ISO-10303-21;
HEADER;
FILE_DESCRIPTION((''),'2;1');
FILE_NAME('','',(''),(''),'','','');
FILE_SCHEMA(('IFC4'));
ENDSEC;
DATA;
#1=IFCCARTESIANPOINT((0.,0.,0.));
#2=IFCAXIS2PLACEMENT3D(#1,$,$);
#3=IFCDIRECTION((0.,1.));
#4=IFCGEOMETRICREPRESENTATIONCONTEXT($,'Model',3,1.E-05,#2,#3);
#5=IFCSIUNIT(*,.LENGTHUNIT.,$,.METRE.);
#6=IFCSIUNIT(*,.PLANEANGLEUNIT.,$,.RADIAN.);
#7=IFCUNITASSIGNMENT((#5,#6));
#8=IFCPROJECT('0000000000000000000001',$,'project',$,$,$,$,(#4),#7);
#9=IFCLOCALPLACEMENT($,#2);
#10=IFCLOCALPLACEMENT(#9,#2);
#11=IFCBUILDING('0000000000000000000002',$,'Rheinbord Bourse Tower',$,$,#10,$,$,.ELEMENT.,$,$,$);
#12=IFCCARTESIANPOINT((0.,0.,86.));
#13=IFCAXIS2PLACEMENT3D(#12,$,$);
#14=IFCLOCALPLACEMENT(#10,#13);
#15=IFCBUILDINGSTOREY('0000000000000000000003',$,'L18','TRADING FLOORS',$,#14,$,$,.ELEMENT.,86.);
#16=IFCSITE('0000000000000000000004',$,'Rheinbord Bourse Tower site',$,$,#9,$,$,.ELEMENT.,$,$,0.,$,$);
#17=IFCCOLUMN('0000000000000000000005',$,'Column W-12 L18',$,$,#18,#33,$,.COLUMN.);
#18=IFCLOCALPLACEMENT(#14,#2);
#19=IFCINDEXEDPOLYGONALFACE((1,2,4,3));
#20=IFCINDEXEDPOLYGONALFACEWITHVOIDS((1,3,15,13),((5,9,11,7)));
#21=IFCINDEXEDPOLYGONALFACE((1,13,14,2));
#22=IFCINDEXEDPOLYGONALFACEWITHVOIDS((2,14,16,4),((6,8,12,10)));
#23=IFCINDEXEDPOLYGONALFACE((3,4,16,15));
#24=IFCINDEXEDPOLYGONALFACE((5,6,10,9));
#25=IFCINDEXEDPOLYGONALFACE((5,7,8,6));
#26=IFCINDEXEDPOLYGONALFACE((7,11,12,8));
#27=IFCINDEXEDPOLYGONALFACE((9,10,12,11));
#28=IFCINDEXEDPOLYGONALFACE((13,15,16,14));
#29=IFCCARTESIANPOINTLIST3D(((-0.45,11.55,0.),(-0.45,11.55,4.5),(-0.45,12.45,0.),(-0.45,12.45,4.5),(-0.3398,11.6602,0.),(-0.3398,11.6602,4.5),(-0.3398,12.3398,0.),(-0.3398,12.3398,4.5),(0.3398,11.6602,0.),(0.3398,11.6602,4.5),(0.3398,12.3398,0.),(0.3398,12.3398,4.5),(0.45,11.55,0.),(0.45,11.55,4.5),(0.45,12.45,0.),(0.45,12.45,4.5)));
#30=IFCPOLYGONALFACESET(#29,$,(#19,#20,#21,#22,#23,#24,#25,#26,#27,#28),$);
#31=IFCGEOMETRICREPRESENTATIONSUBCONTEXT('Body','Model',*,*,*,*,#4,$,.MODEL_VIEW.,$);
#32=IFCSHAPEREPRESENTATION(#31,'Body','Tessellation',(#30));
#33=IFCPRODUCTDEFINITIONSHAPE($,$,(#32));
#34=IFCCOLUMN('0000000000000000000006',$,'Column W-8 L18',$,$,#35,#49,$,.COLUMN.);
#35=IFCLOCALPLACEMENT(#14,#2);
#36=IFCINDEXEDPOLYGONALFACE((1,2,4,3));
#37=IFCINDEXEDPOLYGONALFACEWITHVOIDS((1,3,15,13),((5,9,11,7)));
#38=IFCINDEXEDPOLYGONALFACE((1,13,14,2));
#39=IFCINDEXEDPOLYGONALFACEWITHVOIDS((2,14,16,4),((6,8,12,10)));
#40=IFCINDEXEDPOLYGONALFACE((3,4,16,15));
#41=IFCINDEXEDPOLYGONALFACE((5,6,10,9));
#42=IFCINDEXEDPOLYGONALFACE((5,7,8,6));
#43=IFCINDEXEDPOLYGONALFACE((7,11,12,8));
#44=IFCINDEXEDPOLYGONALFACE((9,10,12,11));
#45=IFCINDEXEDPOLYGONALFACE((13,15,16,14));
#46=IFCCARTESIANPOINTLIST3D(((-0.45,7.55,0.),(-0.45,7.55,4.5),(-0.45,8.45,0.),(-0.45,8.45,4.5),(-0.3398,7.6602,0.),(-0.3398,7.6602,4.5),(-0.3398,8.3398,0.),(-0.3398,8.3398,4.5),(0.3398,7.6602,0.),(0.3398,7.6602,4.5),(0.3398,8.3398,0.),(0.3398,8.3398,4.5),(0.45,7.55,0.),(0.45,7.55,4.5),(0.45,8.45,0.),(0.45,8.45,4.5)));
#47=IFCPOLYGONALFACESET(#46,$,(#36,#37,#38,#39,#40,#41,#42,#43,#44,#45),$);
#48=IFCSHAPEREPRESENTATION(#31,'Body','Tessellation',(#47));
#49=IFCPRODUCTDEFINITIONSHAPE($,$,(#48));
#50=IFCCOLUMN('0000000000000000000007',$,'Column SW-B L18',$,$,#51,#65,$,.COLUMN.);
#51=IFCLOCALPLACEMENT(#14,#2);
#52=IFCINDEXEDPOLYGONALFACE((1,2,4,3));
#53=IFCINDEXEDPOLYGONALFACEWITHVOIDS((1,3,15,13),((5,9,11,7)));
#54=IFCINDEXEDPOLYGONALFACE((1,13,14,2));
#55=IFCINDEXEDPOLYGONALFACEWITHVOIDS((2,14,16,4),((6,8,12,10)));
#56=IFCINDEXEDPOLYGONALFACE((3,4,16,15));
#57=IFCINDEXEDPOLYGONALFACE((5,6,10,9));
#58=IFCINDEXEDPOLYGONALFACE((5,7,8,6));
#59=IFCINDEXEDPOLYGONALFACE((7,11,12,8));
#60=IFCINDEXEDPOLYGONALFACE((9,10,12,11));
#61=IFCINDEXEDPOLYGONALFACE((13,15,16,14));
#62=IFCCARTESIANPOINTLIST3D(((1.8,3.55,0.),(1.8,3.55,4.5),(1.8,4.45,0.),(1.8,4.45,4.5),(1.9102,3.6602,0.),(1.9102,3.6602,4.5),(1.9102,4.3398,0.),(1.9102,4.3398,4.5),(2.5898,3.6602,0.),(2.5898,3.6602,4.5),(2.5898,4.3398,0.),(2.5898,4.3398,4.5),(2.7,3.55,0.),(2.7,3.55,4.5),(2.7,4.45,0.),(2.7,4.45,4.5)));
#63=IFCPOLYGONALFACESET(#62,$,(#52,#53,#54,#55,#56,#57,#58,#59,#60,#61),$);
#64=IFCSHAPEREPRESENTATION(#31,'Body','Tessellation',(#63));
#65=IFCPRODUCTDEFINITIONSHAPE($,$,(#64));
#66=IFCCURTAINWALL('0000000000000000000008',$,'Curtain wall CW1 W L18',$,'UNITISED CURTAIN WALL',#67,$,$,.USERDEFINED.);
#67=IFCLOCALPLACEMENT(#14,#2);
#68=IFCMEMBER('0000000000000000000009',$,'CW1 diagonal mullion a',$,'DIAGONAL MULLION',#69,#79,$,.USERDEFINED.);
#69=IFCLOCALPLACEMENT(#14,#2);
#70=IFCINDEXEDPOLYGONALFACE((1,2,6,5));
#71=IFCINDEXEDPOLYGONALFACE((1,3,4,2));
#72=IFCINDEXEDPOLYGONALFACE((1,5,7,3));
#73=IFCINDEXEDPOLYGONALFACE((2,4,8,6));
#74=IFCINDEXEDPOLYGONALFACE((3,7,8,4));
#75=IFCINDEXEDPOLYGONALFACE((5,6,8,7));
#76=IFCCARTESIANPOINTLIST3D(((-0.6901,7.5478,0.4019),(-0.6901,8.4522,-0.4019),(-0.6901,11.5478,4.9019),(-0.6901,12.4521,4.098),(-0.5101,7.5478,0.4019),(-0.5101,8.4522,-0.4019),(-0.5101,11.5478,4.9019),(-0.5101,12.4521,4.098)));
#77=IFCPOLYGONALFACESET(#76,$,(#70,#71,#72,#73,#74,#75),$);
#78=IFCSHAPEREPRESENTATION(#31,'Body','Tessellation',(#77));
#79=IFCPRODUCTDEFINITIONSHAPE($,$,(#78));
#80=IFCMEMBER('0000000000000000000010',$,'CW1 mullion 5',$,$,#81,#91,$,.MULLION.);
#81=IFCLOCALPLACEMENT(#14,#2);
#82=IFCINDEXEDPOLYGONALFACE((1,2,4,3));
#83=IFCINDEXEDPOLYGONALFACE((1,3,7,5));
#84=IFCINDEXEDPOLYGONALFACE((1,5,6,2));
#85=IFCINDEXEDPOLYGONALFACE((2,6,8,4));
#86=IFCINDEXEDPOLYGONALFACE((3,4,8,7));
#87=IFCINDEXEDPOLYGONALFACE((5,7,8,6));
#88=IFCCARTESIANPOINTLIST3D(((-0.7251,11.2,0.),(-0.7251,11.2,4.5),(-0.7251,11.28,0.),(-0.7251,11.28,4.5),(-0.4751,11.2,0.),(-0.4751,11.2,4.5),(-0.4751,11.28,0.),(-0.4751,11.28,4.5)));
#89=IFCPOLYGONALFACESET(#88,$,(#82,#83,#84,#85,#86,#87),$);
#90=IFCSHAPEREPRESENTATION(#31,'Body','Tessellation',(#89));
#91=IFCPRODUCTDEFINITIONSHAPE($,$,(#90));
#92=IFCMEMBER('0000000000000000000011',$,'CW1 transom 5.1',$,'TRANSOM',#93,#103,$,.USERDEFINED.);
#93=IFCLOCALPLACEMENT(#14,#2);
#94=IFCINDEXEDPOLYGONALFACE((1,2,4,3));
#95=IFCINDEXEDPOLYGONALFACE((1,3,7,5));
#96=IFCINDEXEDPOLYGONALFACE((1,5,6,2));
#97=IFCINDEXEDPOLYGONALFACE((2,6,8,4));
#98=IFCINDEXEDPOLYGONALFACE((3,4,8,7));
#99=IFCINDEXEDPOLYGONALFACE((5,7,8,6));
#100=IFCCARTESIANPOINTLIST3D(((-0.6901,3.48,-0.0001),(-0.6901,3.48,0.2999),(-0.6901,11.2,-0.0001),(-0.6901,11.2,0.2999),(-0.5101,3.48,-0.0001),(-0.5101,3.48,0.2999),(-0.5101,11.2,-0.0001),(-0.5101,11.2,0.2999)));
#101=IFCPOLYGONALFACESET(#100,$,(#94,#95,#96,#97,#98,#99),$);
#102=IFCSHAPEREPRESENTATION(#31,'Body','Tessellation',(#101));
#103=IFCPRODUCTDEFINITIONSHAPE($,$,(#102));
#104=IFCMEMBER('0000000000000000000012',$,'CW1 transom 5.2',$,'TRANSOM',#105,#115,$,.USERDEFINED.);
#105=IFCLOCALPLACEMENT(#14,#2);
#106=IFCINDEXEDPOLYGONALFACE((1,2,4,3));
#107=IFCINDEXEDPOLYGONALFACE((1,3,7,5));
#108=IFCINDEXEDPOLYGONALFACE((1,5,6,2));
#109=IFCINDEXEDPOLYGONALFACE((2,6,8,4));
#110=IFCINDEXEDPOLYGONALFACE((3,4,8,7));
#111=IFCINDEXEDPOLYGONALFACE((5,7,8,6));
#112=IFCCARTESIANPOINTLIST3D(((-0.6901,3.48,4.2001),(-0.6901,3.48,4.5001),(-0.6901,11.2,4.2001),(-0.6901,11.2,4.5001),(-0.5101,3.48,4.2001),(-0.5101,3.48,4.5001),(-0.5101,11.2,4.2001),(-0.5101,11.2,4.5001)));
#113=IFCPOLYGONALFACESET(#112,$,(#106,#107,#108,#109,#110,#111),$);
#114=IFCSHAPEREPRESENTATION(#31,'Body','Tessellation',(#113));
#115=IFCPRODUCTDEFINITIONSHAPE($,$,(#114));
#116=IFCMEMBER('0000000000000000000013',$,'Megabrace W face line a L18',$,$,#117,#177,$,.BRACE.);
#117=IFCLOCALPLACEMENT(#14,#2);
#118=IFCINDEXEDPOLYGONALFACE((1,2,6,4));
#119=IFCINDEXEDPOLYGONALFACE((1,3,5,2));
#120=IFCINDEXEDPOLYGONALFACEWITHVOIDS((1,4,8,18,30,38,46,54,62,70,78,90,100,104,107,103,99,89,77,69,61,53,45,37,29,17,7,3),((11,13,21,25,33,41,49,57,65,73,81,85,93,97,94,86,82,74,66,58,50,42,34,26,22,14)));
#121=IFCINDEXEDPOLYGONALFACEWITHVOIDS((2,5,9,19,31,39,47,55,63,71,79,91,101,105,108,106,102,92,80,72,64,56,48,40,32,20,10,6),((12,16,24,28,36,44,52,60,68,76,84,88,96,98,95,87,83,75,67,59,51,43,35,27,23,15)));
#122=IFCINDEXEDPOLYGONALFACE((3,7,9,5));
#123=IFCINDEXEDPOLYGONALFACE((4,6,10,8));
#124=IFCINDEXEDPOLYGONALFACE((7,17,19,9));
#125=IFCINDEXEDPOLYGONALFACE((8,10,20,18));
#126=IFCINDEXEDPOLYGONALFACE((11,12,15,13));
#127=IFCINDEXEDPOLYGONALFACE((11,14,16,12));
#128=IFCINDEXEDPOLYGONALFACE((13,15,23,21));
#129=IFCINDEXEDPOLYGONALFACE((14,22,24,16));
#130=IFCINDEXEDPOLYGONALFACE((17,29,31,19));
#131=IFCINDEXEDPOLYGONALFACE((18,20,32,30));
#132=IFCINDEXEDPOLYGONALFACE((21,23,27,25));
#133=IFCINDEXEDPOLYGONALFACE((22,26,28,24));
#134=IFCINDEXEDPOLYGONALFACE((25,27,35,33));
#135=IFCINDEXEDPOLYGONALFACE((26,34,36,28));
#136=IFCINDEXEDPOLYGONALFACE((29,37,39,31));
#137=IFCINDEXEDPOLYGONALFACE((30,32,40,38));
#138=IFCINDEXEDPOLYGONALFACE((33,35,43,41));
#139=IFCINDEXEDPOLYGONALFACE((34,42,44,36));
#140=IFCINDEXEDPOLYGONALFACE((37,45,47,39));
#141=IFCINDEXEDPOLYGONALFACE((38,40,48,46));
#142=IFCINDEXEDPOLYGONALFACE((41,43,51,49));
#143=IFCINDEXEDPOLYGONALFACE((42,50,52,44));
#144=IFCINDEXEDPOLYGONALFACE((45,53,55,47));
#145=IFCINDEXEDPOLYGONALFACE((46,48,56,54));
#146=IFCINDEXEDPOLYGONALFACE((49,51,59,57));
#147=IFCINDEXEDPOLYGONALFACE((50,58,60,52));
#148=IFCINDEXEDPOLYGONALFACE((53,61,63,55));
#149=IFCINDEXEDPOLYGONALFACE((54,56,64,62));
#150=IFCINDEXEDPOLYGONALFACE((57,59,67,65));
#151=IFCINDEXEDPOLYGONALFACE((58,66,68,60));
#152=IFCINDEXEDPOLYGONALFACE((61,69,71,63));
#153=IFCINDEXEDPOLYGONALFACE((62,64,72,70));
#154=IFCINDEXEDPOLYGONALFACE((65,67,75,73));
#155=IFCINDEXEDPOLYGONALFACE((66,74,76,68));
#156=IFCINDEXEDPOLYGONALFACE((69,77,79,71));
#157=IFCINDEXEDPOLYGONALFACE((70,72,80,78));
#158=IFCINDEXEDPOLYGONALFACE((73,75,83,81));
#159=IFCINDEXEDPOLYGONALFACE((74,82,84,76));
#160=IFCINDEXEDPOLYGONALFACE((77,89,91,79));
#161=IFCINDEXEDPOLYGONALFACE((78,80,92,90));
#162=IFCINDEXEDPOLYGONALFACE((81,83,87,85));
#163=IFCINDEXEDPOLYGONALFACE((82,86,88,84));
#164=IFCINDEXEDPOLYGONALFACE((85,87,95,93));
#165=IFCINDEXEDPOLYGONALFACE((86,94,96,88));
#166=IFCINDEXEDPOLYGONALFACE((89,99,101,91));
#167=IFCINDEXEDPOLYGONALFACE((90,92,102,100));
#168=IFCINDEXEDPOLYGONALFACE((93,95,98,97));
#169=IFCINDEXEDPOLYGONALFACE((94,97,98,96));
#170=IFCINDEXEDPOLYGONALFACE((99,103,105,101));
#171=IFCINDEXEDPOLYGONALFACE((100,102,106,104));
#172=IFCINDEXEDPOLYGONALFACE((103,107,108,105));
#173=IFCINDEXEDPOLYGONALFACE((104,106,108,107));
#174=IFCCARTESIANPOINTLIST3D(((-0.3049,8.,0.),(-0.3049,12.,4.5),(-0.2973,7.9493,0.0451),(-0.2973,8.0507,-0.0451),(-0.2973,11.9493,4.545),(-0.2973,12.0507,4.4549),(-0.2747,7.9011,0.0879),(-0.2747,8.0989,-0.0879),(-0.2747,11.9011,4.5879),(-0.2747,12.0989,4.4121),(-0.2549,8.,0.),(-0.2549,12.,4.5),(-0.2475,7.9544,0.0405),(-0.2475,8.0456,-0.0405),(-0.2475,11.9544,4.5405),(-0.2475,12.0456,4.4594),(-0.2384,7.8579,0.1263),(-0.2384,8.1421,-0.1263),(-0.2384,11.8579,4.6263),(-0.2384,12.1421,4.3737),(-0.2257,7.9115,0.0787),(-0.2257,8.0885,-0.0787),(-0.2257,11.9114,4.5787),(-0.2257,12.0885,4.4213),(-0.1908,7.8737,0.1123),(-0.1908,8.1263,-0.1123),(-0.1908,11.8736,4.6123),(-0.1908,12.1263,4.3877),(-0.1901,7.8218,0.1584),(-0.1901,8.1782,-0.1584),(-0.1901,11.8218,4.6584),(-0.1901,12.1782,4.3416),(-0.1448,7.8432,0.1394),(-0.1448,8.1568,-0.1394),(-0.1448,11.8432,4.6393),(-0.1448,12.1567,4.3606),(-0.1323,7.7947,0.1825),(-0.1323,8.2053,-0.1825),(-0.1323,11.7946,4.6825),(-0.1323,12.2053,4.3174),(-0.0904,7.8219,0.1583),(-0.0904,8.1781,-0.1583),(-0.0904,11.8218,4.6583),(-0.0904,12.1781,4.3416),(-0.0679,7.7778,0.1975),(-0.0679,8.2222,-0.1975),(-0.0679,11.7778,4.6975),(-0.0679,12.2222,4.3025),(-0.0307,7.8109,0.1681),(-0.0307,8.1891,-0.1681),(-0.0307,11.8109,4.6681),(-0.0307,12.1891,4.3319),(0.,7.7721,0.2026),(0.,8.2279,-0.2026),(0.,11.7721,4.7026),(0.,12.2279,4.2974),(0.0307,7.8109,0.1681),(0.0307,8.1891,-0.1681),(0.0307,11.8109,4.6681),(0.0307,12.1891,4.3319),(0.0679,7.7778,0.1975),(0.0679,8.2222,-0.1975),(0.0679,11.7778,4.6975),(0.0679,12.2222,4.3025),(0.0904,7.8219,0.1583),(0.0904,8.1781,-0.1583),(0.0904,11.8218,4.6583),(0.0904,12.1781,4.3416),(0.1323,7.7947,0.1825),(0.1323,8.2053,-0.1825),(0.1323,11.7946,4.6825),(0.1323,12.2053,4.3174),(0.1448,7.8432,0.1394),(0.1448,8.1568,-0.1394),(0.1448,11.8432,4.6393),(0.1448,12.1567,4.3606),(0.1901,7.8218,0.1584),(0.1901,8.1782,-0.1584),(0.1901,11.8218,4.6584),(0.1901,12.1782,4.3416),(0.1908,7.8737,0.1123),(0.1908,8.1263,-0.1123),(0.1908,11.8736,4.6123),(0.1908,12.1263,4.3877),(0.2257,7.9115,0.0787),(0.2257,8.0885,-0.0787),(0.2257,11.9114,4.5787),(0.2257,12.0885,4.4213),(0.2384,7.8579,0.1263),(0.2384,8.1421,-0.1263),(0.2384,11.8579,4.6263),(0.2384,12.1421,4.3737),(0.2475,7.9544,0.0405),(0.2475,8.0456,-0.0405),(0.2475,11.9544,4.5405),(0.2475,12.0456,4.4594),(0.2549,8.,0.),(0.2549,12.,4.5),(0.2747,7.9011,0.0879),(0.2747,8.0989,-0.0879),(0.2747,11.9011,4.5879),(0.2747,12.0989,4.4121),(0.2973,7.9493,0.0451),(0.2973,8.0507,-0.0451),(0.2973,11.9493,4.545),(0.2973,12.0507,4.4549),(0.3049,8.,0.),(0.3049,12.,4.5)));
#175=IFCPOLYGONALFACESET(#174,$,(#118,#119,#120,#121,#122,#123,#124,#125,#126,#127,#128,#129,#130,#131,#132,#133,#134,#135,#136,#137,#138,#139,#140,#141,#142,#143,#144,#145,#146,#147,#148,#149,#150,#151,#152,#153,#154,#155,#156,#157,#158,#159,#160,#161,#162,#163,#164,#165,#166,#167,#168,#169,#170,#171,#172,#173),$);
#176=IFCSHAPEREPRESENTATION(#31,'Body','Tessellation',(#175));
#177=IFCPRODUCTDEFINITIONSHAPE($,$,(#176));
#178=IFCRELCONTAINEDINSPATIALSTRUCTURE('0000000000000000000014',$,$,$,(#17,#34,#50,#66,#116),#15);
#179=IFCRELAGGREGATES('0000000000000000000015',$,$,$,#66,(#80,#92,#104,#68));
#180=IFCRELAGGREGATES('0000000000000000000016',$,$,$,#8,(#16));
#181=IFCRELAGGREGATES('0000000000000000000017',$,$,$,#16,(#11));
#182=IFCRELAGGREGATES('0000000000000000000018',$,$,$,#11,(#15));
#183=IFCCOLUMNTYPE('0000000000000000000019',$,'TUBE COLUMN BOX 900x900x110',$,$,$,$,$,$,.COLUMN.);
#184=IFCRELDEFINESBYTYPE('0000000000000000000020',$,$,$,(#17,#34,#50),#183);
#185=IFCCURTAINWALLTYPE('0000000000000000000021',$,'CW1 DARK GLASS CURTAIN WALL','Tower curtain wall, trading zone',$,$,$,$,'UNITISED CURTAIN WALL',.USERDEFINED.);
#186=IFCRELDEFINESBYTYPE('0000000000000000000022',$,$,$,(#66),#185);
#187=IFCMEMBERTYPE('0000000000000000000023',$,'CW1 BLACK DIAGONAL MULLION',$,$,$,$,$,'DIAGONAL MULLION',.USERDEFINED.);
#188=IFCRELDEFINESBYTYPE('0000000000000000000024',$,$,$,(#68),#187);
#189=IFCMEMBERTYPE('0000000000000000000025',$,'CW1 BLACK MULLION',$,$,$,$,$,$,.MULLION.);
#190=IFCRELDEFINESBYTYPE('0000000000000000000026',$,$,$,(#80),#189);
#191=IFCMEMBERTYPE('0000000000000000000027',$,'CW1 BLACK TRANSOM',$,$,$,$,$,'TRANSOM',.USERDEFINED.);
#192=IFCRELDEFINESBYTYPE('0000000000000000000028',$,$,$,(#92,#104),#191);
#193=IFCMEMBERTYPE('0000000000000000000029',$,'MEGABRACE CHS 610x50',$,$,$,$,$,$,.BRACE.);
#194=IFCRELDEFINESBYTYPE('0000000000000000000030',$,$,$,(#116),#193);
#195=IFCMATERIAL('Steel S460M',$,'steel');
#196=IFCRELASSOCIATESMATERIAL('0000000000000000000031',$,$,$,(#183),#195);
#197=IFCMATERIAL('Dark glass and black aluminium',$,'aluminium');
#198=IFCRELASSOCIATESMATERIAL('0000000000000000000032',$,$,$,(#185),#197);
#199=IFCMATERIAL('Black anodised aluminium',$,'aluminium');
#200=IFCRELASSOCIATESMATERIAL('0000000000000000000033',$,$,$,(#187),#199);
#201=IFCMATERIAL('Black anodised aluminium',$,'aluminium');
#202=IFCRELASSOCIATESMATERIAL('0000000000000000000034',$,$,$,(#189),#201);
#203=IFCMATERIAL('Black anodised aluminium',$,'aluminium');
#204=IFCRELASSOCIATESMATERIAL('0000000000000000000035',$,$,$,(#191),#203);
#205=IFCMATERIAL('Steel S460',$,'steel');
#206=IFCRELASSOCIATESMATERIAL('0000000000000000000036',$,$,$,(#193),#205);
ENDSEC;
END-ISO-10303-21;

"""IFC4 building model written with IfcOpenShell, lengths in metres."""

from ifc_helpers import new_model, si_unit, direction, frame, origin, origin_2d, place, context, subcontext, project, spatial, rectangle, hollow_rectangle, hollow_circle, extrude, material, material_profile, profile_set, type_object, element, aggregate, save


model = new_model("IFC4")

# Units and contexts
model_context = context("Model", 3, precision=1e-05, world=origin(), true_north=direction((0.0, 1.0)))
body_context = subcontext(model_context, "Body", "Model", "MODEL_VIEW")
ifc_project = project(units=[si_unit("LENGTHUNIT", "METRE"), si_unit("PLANEANGLEUNIT", "RADIAN")], contexts=[model_context])

# Site, building, storey
site_placement = place(None, origin())
site = spatial("IfcSite", under=ifc_project, at=site_placement, Name="Rheinbord Bourse Tower site", CompositionType="ELEMENT", RefElevation=0.0)
building_placement = place(site_placement, origin())
building = spatial("IfcBuilding", under=site, at=building_placement, Name="Rheinbord Bourse Tower", CompositionType="ELEMENT")
storey_placement = place(building_placement, frame((0.0, 0.0, 86.0)))
storey = spatial("IfcBuildingStorey", under=building, at=storey_placement, Name="L18", Description="TRADING FLOORS", CompositionType="ELEMENT", Elevation=86.0)

# Columns
ifc_material_1 = material(Name="Steel S460M", Category="steel")
ifc_material_profile_1 = material_profile(ifc_material_1, hollow_rectangle(XDim=0.8999, YDim=0.8999, WallThickness=0.1101, at=origin_2d()), Name="BOX 900x900x110")
ifc_profile_set_1 = profile_set([ifc_material_profile_1], Name="Steel S460M")
column_type = type_object("IfcColumnType", Name="TUBE COLUMN BOX 900x900x110", PredefinedType="COLUMN", material=ifc_profile_set_1)
for number, where, z_axis, x_axis, name in (
    (1, (0.0, 12.0, 0.0), (0.0, 0.0, 1.0), (1.0, 0.0, 0.0), "Column W-12 L18"),
    (2, (0.0, 8.0, 0.0), (0.0, 0.0, 1.0), (1.0, 0.0, 0.0), "Column W-8 L18"),
    (3, (2.25, 4.0, 0.0), (0.0, 0.0, 1.0), (1.0, 0.0, 0.0), "Column SW-B L18"),
):
    element("IfcColumn", number, at=place(storey_placement, frame(where, z_axis=z_axis, x_axis=x_axis)), inside=storey, type_object=column_type, Name=name, PredefinedType="COLUMN", context=body_context, shape_type="SweptSolid", body=[
        extrude(hollow_rectangle(XDim=0.8999, YDim=0.8999, WallThickness=0.1101, at=origin_2d()), origin(), (0.0, 0.0, 1.0), 4.5),
    ])

# Curtain wall, members
ifc_material_2 = material(Name="Dark glass and black aluminium", Category="aluminium")
curtain_wall_type = type_object("IfcCurtainWallType", Name="CW1 DARK GLASS CURTAIN WALL", Description="Tower curtain wall, trading zone", ElementType="UNITISED CURTAIN WALL", PredefinedType="USERDEFINED", material=ifc_material_2)
curtain_wall_placement = place(storey_placement, origin())
curtain_wall = element("IfcCurtainWall", 4, at=curtain_wall_placement, inside=storey, type_object=curtain_wall_type, Name="Curtain wall CW1 W L18", ObjectType="UNITISED CURTAIN WALL", PredefinedType="USERDEFINED")
ifc_material_3 = material(Name="Black anodised aluminium", Category="aluminium")
ifc_material_profile_2 = material_profile(ifc_material_3, rectangle(XDim=0.1799, YDim=1.21, at=origin_2d()), Name="CW1 DIAGONAL MULLION 1210x180")
ifc_profile_set_2 = profile_set([ifc_material_profile_2], Name="Black anodised aluminium")
member_type_1 = type_object("IfcMemberType", Name="CW1 BLACK DIAGONAL MULLION", ElementType="DIAGONAL MULLION", PredefinedType="USERDEFINED", material=ifc_profile_set_2)
member_1_placement = place(storey_placement, frame((-0.6001, 8.0, 0.0), z_axis=(0.0, 0.664364, 0.747409), x_axis=(-1.0, 0.0, 0.0)))
member_1 = element("IfcMember", 5, at=member_1_placement, type_object=member_type_1, Name="CW1 diagonal mullion a", ObjectType="DIAGONAL MULLION", PredefinedType="USERDEFINED", context=body_context, shape_type="SweptSolid", body=[
    extrude(rectangle(XDim=0.1799, YDim=1.21, at=origin_2d()), origin(), (0.0, 0.0, 1.0), 6.0208),
])
ifc_material_4 = material(Name="Black anodised aluminium", Category="aluminium")
ifc_material_profile_3 = material_profile(ifc_material_4, rectangle(XDim=0.25, YDim=0.0801, at=origin_2d()), Name="CW1 MULLION 80x250")
ifc_profile_set_3 = profile_set([ifc_material_profile_3], Name="Black anodised aluminium")
member_type_2 = type_object("IfcMemberType", Name="CW1 BLACK MULLION", PredefinedType="MULLION", material=ifc_profile_set_3)
member_2_placement = place(storey_placement, frame((-0.6001, 11.24, 0.0), z_axis=(0.0, 0.0, 1.0), x_axis=(1.0, 0.0, 0.0)))
member_2 = element("IfcMember", 6, at=member_2_placement, type_object=member_type_2, Name="CW1 mullion 5", PredefinedType="MULLION", context=body_context, shape_type="SweptSolid", body=[
    extrude(rectangle(XDim=0.25, YDim=0.0801, at=origin_2d()), origin(), (0.0, 0.0, 1.0), 4.5),
])
ifc_material_5 = material(Name="Black anodised aluminium", Category="aluminium")
ifc_material_profile_4 = material_profile(ifc_material_5, rectangle(XDim=0.1799, YDim=0.3, at=origin_2d()), Name="CW1 TRANSOM 300x180")
ifc_profile_set_4 = profile_set([ifc_material_profile_4], Name="Black anodised aluminium")
member_type_3 = type_object("IfcMemberType", Name="CW1 BLACK TRANSOM", ElementType="TRANSOM", PredefinedType="USERDEFINED", material=ifc_profile_set_4)
member_3_placement = place(storey_placement, frame((-0.6001, 11.2, 0.1499), z_axis=(0.0, -1.0, 0.0), x_axis=(1.0, 0.0, 0.0)))
member_3 = element("IfcMember", 7, at=member_3_placement, type_object=member_type_3, Name="CW1 transom 5.1", ObjectType="TRANSOM", PredefinedType="USERDEFINED", context=body_context, shape_type="SweptSolid", body=[
    extrude(rectangle(XDim=0.1799, YDim=0.3, at=origin_2d()), origin(), (0.0, 0.0, 1.0), 7.72),
])
member_4_placement = place(storey_placement, frame((-0.6001, 11.2, 4.3501), z_axis=(0.0, -1.0, 0.0), x_axis=(1.0, 0.0, 0.0)))
member_4 = element("IfcMember", 8, at=member_4_placement, type_object=member_type_3, Name="CW1 transom 5.2", ObjectType="TRANSOM", PredefinedType="USERDEFINED", context=body_context, shape_type="SweptSolid", body=[
    extrude(rectangle(XDim=0.1799, YDim=0.3, at=origin_2d()), origin(), (0.0, 0.0, 1.0), 7.72),
])

# Member
ifc_material_6 = material(Name="Steel S460", Category="steel")
ifc_material_profile_5 = material_profile(ifc_material_6, hollow_circle(Radius=0.3049, WallThickness=0.05, at=origin_2d()), Name="CHS 610x50")
ifc_profile_set_5 = profile_set([ifc_material_profile_5], Name="Steel S460")
member_type_4 = type_object("IfcMemberType", Name="MEGABRACE CHS 610x50", PredefinedType="BRACE", material=ifc_profile_set_5)
member_5_placement = place(storey_placement, frame((0.0, 8.0, 0.0), z_axis=(0.0, 0.664364, 0.747409), x_axis=(-1.0, 0.0, 0.0)))
element("IfcMember", 9, at=member_5_placement, inside=storey, type_object=member_type_4, Name="Megabrace W face line a L18", PredefinedType="BRACE", context=body_context, shape_type="SweptSolid", body=[
    extrude(hollow_circle(Radius=0.3049, WallThickness=0.05, at=origin_2d()), origin(), (0.0, 0.0, 1.0), 6.0208),
])

aggregate(curtain_wall, [member_2, member_3, member_4, member_1])

save(model, "model.ifc")
